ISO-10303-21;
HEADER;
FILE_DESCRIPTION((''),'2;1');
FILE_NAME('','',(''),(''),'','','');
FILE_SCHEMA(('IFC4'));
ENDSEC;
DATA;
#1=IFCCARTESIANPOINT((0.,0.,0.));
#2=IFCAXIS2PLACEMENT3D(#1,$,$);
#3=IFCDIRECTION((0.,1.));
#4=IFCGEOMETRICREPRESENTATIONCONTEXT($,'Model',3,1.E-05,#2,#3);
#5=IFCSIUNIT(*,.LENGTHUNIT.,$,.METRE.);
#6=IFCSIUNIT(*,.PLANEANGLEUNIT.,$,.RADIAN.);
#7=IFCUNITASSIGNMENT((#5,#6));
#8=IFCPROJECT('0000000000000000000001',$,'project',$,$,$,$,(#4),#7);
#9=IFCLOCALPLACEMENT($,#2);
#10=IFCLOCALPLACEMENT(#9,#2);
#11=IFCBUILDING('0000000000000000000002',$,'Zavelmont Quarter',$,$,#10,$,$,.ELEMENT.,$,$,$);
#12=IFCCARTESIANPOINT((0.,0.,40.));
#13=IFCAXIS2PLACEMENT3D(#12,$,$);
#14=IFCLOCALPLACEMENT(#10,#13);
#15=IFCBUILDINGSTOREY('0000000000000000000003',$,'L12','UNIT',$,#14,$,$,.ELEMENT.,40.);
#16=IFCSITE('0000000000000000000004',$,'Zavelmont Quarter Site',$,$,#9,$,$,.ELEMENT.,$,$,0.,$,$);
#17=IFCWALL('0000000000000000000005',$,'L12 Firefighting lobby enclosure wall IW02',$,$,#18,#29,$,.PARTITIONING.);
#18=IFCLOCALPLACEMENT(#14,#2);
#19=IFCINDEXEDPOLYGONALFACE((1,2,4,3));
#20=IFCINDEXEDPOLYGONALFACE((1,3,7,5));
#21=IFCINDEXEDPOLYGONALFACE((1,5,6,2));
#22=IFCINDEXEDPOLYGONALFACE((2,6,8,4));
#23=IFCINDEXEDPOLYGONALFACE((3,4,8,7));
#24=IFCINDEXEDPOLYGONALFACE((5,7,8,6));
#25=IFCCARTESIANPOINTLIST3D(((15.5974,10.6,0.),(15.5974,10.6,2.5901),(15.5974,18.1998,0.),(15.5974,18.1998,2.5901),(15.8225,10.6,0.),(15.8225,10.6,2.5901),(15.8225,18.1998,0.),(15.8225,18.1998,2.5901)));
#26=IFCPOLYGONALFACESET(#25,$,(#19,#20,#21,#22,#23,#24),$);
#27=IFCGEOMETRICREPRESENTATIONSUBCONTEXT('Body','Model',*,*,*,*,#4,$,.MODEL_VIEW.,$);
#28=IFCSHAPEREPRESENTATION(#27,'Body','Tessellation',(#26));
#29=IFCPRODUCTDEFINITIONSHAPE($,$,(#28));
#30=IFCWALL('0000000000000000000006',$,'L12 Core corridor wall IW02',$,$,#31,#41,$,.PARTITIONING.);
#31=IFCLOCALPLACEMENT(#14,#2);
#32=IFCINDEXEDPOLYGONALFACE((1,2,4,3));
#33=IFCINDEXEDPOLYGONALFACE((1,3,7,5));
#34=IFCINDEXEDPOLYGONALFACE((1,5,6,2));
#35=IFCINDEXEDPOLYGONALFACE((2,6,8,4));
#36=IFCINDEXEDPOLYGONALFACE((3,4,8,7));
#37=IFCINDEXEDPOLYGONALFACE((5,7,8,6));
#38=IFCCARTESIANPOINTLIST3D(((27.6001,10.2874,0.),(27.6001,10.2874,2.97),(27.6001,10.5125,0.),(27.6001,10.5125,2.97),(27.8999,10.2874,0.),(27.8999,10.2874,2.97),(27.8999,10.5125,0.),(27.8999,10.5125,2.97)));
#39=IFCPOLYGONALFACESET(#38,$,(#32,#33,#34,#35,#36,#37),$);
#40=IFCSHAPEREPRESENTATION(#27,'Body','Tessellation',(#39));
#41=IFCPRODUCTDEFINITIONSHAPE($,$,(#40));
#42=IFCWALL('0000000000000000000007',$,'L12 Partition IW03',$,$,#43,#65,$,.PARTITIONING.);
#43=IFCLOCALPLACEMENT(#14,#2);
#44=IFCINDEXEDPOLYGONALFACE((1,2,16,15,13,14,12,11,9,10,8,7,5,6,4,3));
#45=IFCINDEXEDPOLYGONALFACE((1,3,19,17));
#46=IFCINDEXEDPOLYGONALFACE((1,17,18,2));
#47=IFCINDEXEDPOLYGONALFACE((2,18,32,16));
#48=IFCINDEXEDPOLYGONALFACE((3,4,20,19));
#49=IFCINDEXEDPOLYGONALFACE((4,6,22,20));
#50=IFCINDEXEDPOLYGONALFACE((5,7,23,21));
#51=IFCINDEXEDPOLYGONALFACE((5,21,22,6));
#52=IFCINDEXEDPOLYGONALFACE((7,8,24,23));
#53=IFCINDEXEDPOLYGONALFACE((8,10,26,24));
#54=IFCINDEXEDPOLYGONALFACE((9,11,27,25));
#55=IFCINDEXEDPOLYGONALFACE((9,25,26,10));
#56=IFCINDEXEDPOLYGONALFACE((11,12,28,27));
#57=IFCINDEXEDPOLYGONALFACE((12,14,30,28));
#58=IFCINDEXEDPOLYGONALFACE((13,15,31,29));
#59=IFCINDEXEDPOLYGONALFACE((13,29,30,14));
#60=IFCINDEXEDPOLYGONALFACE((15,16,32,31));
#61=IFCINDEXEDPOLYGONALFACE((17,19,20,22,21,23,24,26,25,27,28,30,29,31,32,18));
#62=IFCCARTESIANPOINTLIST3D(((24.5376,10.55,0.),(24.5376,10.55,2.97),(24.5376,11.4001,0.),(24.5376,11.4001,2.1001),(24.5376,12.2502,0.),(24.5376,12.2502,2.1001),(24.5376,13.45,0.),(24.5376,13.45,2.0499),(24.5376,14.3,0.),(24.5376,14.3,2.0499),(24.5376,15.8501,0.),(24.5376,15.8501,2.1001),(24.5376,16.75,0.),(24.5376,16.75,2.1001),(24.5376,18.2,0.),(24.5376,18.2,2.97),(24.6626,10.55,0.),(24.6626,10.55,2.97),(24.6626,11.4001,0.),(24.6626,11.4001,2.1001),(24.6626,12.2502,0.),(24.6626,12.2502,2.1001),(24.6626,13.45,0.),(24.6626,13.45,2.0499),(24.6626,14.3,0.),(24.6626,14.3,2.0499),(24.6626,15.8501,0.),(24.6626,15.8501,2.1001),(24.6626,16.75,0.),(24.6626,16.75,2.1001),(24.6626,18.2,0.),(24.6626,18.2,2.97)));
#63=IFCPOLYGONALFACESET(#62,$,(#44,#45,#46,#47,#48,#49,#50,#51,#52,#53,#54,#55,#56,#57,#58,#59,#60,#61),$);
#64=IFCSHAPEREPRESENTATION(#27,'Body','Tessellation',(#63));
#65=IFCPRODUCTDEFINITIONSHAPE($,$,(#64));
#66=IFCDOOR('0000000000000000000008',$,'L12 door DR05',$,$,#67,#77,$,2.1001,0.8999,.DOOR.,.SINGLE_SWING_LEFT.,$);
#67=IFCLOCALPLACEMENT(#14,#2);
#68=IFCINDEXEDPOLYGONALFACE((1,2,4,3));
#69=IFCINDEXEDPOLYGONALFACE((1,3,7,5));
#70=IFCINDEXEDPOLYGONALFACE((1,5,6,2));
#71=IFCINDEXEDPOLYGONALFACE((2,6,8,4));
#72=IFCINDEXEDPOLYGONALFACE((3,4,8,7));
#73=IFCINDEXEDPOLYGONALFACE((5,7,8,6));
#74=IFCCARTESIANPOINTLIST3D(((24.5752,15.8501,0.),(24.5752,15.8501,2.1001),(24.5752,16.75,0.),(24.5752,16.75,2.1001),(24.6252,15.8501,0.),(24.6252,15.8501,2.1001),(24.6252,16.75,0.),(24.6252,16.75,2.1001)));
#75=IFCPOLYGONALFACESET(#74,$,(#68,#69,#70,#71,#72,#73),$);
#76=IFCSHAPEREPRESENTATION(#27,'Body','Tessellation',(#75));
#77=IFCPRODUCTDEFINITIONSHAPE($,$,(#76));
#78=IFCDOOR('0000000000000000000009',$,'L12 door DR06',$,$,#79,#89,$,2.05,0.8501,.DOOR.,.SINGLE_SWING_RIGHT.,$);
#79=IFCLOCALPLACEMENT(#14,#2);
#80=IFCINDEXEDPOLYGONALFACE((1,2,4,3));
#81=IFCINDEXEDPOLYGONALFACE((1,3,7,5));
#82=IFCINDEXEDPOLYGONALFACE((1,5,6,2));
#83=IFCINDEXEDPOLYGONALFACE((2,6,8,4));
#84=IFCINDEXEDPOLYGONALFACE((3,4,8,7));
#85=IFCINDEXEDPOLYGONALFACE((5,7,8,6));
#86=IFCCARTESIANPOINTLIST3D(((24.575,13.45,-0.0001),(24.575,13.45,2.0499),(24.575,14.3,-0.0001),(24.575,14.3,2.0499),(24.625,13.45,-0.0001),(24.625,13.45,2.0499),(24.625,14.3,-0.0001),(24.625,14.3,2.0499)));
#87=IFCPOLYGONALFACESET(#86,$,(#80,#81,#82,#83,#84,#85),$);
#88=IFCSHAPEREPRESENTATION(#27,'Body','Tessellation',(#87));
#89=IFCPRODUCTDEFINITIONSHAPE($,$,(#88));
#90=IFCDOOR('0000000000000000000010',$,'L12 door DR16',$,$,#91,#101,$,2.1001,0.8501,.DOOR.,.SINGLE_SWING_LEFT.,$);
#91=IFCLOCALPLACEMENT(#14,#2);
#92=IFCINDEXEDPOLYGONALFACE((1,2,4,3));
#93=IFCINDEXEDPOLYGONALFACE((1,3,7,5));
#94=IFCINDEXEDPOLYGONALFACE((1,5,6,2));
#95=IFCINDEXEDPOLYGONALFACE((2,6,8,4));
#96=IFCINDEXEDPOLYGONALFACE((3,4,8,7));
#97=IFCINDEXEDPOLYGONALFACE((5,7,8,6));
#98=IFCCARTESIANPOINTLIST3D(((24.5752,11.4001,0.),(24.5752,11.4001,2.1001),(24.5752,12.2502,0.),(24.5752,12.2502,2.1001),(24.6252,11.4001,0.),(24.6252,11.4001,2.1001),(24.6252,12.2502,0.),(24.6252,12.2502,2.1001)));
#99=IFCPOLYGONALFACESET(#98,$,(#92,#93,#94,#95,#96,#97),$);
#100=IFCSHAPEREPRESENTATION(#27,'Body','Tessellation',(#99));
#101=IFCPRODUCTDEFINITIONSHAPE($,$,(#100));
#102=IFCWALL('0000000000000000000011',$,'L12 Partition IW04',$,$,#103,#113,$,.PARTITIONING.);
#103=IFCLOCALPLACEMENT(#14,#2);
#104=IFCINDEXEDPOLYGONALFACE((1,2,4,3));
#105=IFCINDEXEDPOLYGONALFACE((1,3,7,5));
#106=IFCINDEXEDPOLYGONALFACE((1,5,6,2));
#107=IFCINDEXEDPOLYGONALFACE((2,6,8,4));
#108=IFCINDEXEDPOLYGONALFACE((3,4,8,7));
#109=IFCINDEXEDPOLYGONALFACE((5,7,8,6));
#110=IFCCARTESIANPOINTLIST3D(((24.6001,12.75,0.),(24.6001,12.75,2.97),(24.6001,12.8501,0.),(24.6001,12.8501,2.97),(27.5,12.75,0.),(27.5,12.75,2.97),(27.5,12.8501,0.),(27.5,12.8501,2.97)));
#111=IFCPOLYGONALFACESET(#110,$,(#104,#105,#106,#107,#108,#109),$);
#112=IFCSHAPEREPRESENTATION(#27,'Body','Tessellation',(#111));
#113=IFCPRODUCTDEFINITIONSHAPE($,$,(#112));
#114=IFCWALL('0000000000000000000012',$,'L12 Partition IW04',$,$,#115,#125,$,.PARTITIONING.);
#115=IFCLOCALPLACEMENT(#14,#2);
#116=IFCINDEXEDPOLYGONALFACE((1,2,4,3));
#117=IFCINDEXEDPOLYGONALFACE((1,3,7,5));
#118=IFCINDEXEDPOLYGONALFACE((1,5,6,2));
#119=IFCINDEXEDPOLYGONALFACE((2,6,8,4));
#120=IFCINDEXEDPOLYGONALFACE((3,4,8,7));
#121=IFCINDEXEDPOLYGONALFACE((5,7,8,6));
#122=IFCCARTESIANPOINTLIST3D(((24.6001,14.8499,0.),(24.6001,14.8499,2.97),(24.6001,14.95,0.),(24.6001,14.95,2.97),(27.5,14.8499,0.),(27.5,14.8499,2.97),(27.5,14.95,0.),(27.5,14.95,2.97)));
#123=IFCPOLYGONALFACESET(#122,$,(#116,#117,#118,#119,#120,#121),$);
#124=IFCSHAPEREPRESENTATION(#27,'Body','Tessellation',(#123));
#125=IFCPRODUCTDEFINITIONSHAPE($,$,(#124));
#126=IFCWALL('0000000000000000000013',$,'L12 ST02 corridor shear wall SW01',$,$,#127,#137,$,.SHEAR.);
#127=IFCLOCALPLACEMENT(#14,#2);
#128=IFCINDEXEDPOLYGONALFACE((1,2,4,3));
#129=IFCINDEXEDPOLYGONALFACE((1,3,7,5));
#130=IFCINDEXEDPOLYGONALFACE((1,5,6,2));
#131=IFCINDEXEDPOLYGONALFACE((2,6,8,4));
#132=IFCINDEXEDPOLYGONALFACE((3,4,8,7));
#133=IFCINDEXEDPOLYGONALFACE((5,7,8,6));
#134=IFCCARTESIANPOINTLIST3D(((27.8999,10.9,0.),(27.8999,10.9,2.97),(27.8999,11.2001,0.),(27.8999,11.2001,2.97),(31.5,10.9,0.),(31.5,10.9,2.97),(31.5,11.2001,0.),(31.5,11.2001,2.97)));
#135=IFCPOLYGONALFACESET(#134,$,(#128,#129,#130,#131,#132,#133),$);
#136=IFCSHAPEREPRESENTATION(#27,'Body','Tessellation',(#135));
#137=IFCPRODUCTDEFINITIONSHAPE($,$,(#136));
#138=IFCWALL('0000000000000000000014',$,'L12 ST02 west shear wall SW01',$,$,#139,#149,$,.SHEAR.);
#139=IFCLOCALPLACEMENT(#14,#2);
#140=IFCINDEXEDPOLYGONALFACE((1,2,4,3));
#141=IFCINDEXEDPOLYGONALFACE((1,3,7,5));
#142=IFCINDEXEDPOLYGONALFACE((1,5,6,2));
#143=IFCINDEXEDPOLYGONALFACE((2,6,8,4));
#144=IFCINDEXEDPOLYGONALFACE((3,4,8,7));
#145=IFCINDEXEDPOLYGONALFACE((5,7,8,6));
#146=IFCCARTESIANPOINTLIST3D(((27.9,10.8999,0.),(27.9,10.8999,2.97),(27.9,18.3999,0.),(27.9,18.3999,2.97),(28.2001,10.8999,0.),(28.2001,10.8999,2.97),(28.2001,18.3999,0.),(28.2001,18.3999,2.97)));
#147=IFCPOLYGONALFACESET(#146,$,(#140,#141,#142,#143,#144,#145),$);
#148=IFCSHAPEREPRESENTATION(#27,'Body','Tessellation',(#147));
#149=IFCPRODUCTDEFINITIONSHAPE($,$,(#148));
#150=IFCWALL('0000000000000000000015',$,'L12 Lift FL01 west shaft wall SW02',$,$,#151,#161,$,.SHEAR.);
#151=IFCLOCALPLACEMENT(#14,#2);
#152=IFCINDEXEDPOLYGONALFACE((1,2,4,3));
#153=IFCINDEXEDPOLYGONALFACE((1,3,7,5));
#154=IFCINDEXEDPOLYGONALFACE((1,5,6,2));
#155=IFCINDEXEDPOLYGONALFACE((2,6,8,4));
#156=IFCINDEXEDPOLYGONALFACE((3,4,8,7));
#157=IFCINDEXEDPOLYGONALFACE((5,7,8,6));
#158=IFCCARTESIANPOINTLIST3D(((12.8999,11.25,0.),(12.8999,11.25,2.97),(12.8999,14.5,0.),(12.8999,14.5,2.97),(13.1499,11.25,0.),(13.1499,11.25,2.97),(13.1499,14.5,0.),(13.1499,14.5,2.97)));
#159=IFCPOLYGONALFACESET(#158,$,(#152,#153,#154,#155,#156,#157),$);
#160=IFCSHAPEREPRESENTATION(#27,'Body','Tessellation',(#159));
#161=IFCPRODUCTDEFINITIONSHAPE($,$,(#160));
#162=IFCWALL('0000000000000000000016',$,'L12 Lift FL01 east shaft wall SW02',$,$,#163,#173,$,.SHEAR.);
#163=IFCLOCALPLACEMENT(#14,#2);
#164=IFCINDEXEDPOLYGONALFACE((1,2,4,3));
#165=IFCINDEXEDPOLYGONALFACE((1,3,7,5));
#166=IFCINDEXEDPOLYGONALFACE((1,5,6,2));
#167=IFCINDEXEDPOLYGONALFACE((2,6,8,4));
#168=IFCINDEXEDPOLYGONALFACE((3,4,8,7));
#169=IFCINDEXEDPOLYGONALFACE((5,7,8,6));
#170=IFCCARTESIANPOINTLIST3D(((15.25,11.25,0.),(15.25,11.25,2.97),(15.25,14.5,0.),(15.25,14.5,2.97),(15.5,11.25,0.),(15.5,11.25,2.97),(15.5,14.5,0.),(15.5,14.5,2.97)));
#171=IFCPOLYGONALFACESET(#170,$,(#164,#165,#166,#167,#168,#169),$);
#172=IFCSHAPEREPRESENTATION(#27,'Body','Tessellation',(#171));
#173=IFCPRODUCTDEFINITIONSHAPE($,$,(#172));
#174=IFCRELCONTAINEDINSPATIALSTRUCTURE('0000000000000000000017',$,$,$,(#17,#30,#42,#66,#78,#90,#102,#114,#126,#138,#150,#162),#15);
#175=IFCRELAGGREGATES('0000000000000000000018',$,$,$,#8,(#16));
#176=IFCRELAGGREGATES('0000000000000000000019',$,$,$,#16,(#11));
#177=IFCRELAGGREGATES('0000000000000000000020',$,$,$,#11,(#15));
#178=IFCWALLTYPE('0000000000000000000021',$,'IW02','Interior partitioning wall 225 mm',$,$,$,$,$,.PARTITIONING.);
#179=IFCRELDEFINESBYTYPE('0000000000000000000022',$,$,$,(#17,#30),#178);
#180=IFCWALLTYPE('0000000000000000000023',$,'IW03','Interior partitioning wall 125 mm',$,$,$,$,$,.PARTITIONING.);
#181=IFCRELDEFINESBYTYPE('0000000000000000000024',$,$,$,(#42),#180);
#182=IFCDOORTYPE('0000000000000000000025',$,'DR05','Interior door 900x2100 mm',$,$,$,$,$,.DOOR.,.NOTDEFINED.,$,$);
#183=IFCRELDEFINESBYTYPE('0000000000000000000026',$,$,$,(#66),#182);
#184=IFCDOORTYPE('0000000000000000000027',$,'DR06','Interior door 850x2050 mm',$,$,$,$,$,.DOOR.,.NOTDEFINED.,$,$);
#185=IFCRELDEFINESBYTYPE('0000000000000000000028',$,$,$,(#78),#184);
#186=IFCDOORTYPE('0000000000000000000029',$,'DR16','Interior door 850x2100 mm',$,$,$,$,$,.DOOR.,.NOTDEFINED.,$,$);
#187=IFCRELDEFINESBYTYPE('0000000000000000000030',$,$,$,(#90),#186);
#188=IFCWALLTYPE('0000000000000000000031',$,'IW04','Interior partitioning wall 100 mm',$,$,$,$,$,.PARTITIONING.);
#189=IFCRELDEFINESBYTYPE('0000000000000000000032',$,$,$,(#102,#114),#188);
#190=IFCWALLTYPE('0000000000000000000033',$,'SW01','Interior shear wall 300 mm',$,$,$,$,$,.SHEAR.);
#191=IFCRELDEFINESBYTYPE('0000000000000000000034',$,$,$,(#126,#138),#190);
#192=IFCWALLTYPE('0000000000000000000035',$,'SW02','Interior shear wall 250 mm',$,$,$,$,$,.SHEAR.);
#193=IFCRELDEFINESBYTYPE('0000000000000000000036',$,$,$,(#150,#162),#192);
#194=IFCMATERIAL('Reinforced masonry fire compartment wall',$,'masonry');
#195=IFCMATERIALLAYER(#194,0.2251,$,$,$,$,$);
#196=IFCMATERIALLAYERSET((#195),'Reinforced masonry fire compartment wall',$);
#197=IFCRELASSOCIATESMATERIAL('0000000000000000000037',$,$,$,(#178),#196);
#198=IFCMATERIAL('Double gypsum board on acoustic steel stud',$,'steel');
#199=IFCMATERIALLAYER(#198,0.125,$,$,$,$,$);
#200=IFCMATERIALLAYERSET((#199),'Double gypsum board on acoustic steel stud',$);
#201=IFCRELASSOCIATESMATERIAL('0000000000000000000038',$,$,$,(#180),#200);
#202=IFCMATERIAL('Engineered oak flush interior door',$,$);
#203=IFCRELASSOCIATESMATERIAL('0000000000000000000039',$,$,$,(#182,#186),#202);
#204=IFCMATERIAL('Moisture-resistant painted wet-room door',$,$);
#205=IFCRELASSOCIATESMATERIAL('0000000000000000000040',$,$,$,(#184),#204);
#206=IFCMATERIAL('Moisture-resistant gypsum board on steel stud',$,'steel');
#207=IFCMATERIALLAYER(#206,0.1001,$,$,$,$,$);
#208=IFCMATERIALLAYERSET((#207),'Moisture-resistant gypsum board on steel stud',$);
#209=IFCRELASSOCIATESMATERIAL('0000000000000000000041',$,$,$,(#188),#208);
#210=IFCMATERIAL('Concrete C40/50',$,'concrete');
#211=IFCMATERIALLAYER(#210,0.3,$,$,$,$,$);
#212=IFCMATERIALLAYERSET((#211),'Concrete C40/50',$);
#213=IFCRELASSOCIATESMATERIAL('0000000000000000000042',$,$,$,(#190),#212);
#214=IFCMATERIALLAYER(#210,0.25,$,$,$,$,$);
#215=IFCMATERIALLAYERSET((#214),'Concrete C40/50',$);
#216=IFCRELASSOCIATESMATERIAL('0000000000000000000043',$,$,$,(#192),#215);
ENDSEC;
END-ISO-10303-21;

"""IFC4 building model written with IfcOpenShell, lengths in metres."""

from ifc_helpers import new_model, si_unit, direction, frame, frame_2d, origin, origin_with_axes, place, context, subcontext, project, spatial, rectangle, extrude, material, layer, layer_set, type_object, element, fill, save


model = new_model("IFC4")

# Units and contexts
model_context = context("Model", 3, precision=1e-05, world=origin(), true_north=direction((0.0, 1.0)))
body_context = subcontext(model_context, "Body", "Model", "MODEL_VIEW")
ifc_project = project(units=[si_unit("LENGTHUNIT", "METRE"), si_unit("PLANEANGLEUNIT", "RADIAN")], contexts=[model_context])

# Site, building, storey
site_placement = place(None, origin())
site = spatial("IfcSite", under=ifc_project, at=site_placement, Name="Zavelmont Quarter Site", CompositionType="ELEMENT", RefElevation=0.0)
building_placement = place(site_placement, origin())
building = spatial("IfcBuilding", under=site, at=building_placement, Name="Zavelmont Quarter", CompositionType="ELEMENT")
storey_placement = place(building_placement, frame((0.0, 0.0, 40.0)))
storey = spatial("IfcBuildingStorey", under=building, at=storey_placement, Name="L12", Description="UNIT", CompositionType="ELEMENT", Elevation=40.0)

# Shared definitions
ifc_material_1 = material(Name="Concrete C40/50", Category="concrete")

# Walls
ifc_material_2 = material(Name="Reinforced masonry fire compartment wall", Category="masonry")
ifc_layer_1 = layer(ifc_material_2, 0.2251)
ifc_layer_set_1 = layer_set([ifc_layer_1], Name="Reinforced masonry fire compartment wall")
wall_type_1 = type_object("IfcWallType", Name="IW02", Description="Interior partitioning wall 225 mm", PredefinedType="PARTITIONING", material=ifc_layer_set_1)
wall_1_placement = place(storey_placement, frame((15.71, 10.6001, 0.0), z_axis=(0.0, 0.0, 1.0), x_axis=(0.0, 1.0, 0.0)))
element("IfcWall", 1, at=wall_1_placement, inside=storey, type_object=wall_type_1, Name="L12 Firefighting lobby enclosure wall IW02", PredefinedType="PARTITIONING", context=body_context, shape_type="SweptSolid", body=[
    extrude(rectangle(XDim=7.5999, YDim=0.2251, at=frame_2d((3.7998, 0.0))), origin(), (0.0, 0.0, 1.0), 2.5901),
])
wall_2_placement = place(storey_placement, frame((27.6001, 10.3999, 0.0), z_axis=(0.0, 0.0, 1.0), x_axis=(1.0, 0.0, 0.0)))
element("IfcWall", 2, at=wall_2_placement, inside=storey, type_object=wall_type_1, Name="L12 Core corridor wall IW02", PredefinedType="PARTITIONING", context=body_context, shape_type="SweptSolid", body=[
    extrude(rectangle(XDim=0.2998, YDim=0.2251, at=frame_2d((0.1499, 0.0))), origin(), (0.0, 0.0, 1.0), 2.97),
])

# Wall, openings, doors
ifc_material_3 = material(Name="Double gypsum board on acoustic steel stud", Category="steel")
ifc_layer_2 = layer(ifc_material_3, 0.125)
ifc_layer_set_2 = layer_set([ifc_layer_2], Name="Double gypsum board on acoustic steel stud")
wall_type_2 = type_object("IfcWallType", Name="IW03", Description="Interior partitioning wall 125 mm", PredefinedType="PARTITIONING", material=ifc_layer_set_2)
wall_3_placement = place(storey_placement, frame((24.6001, 10.55, 0.0), z_axis=(0.0, 0.0, 1.0), x_axis=(0.0, 1.0, 0.0)))
wall_3 = element("IfcWall", 3, at=wall_3_placement, inside=storey, type_object=wall_type_2, Name="L12 Partition IW03", PredefinedType="PARTITIONING", context=body_context, shape_type="SweptSolid", body=[
    extrude(rectangle(XDim=7.6499, YDim=0.125, at=frame_2d((3.825, 0.0))), origin(), (0.0, 0.0, 1.0), 2.97),
])
opening_1_placement = place(wall_3_placement, frame((0.8501, 0.0, 0.0)))
opening_1 = element("IfcOpeningElement", 4, at=opening_1_placement, cuts=wall_3, PredefinedType="OPENING", context=body_context, shape_type="SweptSolid", body=[
    extrude(rectangle(XDim=0.8501, YDim=2.1001, at=frame_2d((0.425, 1.05))), frame((0.0, 0.0745, 0.0), z_axis=(0.0, -1.0, 0.0), x_axis=(1.0, 0.0, 0.0)), (0.0, 0.0, 1.0), 0.1489),
])
opening_2_placement = place(wall_3_placement, frame((2.8999, 0.0, 0.0)))
opening_2 = element("IfcOpeningElement", 5, at=opening_2_placement, cuts=wall_3, PredefinedType="OPENING", context=body_context, shape_type="SweptSolid", body=[
    extrude(rectangle(XDim=0.8501, YDim=2.05, at=frame_2d((0.425, 1.0249))), frame((0.0, 0.0745, 0.0), z_axis=(0.0, -1.0, 0.0), x_axis=(1.0, 0.0, 0.0)), (0.0, 0.0, 1.0), 0.1489),
])
opening_3_placement = place(wall_3_placement, frame((5.3, 0.0, 0.0)))
opening_3 = element("IfcOpeningElement", 6, at=opening_3_placement, cuts=wall_3, PredefinedType="OPENING", context=body_context, shape_type="SweptSolid", body=[
    extrude(rectangle(XDim=0.8999, YDim=2.1001, at=frame_2d((0.45, 1.05))), frame((0.0, 0.0745, 0.0), z_axis=(0.0, -1.0, 0.0), x_axis=(1.0, 0.0, 0.0)), (0.0, 0.0, 1.0), 0.1489),
])
ifc_material_4 = material(Name="Engineered oak flush interior door")
door_type_1 = type_object("IfcDoorType", Name="DR05", Description="Interior door 900x2100 mm", OperationType="NOTDEFINED", PredefinedType="DOOR", material=ifc_material_4)
door_1_placement = place(opening_3_placement, origin_with_axes())
door_1 = element("IfcDoor", 7, at=door_1_placement, inside=storey, type_object=door_type_1, Name="L12 door DR05", OperationType="SINGLE_SWING_LEFT", OverallHeight=2.1001, OverallWidth=0.8999, PredefinedType="DOOR", context=body_context, shape_type="SweptSolid", body=[
    extrude(rectangle(XDim=0.8999, YDim=2.1001, at=frame_2d((0.45, 1.05))), frame((0.0, 0.0249, 0.0), z_axis=(0.0, -1.0, 0.0), x_axis=(1.0, 0.0, 0.0)), (0.0, 0.0, 1.0), 0.05),
])
fill(opening_3, door_1)
ifc_material_5 = material(Name="Moisture-resistant painted wet-room door")
door_type_2 = type_object("IfcDoorType", Name="DR06", Description="Interior door 850x2050 mm", OperationType="NOTDEFINED", PredefinedType="DOOR", material=ifc_material_5)
door_2_placement = place(opening_2_placement, frame((0.8501, 0.0, 0.0), z_axis=(0.0, 0.0, 1.0), x_axis=(-1.0, 0.0, 0.0)))
door_2 = element("IfcDoor", 8, at=door_2_placement, inside=storey, type_object=door_type_2, Name="L12 door DR06", OperationType="SINGLE_SWING_RIGHT", OverallHeight=2.05, OverallWidth=0.8501, PredefinedType="DOOR", context=body_context, shape_type="SweptSolid", body=[
    extrude(rectangle(XDim=0.8501, YDim=2.05, at=frame_2d((0.425, 1.0249))), frame((0.0, 0.0249, 0.0), z_axis=(0.0, -1.0, 0.0), x_axis=(1.0, 0.0, 0.0)), (0.0, 0.0, 1.0), 0.05),
])
fill(opening_2, door_2)
door_type_3 = type_object("IfcDoorType", Name="DR16", Description="Interior door 850x2100 mm", OperationType="NOTDEFINED", PredefinedType="DOOR", material=ifc_material_4)
door_3_placement = place(opening_1_placement, origin_with_axes())
door_3 = element("IfcDoor", 9, at=door_3_placement, inside=storey, type_object=door_type_3, Name="L12 door DR16", OperationType="SINGLE_SWING_LEFT", OverallHeight=2.1001, OverallWidth=0.8501, PredefinedType="DOOR", context=body_context, shape_type="SweptSolid", body=[
    extrude(rectangle(XDim=0.8501, YDim=2.1001, at=frame_2d((0.425, 1.05))), frame((0.0, 0.0249, 0.0), z_axis=(0.0, -1.0, 0.0), x_axis=(1.0, 0.0, 0.0)), (0.0, 0.0, 1.0), 0.05),
])
fill(opening_1, door_3)

# Walls
ifc_material_6 = material(Name="Moisture-resistant gypsum board on steel stud", Category="steel")
ifc_layer_3 = layer(ifc_material_6, 0.1001)
ifc_layer_set_3 = layer_set([ifc_layer_3], Name="Moisture-resistant gypsum board on steel stud")
wall_type_3 = type_object("IfcWallType", Name="IW04", Description="Interior partitioning wall 100 mm", PredefinedType="PARTITIONING", material=ifc_layer_set_3)
for number, where, z_axis, x_axis, name in (
    (10, (24.6001, 12.8, 0.0), (0.0, 0.0, 1.0), (1.0, 0.0, 0.0), "L12 Partition IW04"),
    (11, (24.6001, 14.8999, 0.0), (0.0, 0.0, 1.0), (1.0, 0.0, 0.0), "L12 Partition IW04"),
):
    element("IfcWall", number, at=place(storey_placement, frame(where, z_axis=z_axis, x_axis=x_axis)), inside=storey, type_object=wall_type_3, Name=name, PredefinedType="PARTITIONING", context=body_context, shape_type="SweptSolid", body=[
        extrude(rectangle(XDim=2.8999, YDim=0.1001, at=frame_2d((1.45, 0.0))), origin(), (0.0, 0.0, 1.0), 2.97),
    ])
ifc_layer_4 = layer(ifc_material_1, 0.3)
ifc_layer_set_4 = layer_set([ifc_layer_4], Name="Concrete C40/50")
wall_type_4 = type_object("IfcWallType", Name="SW01", Description="Interior shear wall 300 mm", PredefinedType="SHEAR", material=ifc_layer_set_4)
wall_4_placement = place(storey_placement, frame((27.8999, 11.05, 0.0), z_axis=(0.0, 0.0, 1.0), x_axis=(1.0, 0.0, 0.0)))
element("IfcWall", 12, at=wall_4_placement, inside=storey, type_object=wall_type_4, Name="L12 ST02 corridor shear wall SW01", PredefinedType="SHEAR", context=body_context, shape_type="SweptSolid", body=[
    extrude(rectangle(XDim=3.6001, YDim=0.3, at=frame_2d((1.8, 0.0))), origin(), (0.0, 0.0, 1.0), 2.97),
])
wall_5_placement = place(storey_placement, frame((28.05, 10.8999, 0.0), z_axis=(0.0, 0.0, 1.0), x_axis=(0.0, 1.0, 0.0)))
element("IfcWall", 13, at=wall_5_placement, inside=storey, type_object=wall_type_4, Name="L12 ST02 west shear wall SW01", PredefinedType="SHEAR", context=body_context, shape_type="SweptSolid", body=[
    extrude(rectangle(XDim=7.5, YDim=0.3, at=frame_2d((3.75, 0.0))), origin(), (0.0, 0.0, 1.0), 2.97),
])
ifc_layer_5 = layer(ifc_material_1, 0.25)
ifc_layer_set_5 = layer_set([ifc_layer_5], Name="Concrete C40/50")
wall_type_5 = type_object("IfcWallType", Name="SW02", Description="Interior shear wall 250 mm", PredefinedType="SHEAR", material=ifc_layer_set_5)
for number, where, z_axis, x_axis, name in (
    (14, (13.0249, 11.25, 0.0), (0.0, 0.0, 1.0), (0.0, 1.0, 0.0), "L12 Lift FL01 west shaft wall SW02"),
    (15, (15.375, 11.25, 0.0), (0.0, 0.0, 1.0), (0.0, 1.0, 0.0), "L12 Lift FL01 east shaft wall SW02"),
):
    element("IfcWall", number, at=place(storey_placement, frame(where, z_axis=z_axis, x_axis=x_axis)), inside=storey, type_object=wall_type_5, Name=name, PredefinedType="SHEAR", context=body_context, shape_type="SweptSolid", body=[
        extrude(rectangle(XDim=3.25, YDim=0.25, at=frame_2d((1.625, 0.0))), origin(), (0.0, 0.0, 1.0), 2.97),
    ])

save(model, "model.ifc")
